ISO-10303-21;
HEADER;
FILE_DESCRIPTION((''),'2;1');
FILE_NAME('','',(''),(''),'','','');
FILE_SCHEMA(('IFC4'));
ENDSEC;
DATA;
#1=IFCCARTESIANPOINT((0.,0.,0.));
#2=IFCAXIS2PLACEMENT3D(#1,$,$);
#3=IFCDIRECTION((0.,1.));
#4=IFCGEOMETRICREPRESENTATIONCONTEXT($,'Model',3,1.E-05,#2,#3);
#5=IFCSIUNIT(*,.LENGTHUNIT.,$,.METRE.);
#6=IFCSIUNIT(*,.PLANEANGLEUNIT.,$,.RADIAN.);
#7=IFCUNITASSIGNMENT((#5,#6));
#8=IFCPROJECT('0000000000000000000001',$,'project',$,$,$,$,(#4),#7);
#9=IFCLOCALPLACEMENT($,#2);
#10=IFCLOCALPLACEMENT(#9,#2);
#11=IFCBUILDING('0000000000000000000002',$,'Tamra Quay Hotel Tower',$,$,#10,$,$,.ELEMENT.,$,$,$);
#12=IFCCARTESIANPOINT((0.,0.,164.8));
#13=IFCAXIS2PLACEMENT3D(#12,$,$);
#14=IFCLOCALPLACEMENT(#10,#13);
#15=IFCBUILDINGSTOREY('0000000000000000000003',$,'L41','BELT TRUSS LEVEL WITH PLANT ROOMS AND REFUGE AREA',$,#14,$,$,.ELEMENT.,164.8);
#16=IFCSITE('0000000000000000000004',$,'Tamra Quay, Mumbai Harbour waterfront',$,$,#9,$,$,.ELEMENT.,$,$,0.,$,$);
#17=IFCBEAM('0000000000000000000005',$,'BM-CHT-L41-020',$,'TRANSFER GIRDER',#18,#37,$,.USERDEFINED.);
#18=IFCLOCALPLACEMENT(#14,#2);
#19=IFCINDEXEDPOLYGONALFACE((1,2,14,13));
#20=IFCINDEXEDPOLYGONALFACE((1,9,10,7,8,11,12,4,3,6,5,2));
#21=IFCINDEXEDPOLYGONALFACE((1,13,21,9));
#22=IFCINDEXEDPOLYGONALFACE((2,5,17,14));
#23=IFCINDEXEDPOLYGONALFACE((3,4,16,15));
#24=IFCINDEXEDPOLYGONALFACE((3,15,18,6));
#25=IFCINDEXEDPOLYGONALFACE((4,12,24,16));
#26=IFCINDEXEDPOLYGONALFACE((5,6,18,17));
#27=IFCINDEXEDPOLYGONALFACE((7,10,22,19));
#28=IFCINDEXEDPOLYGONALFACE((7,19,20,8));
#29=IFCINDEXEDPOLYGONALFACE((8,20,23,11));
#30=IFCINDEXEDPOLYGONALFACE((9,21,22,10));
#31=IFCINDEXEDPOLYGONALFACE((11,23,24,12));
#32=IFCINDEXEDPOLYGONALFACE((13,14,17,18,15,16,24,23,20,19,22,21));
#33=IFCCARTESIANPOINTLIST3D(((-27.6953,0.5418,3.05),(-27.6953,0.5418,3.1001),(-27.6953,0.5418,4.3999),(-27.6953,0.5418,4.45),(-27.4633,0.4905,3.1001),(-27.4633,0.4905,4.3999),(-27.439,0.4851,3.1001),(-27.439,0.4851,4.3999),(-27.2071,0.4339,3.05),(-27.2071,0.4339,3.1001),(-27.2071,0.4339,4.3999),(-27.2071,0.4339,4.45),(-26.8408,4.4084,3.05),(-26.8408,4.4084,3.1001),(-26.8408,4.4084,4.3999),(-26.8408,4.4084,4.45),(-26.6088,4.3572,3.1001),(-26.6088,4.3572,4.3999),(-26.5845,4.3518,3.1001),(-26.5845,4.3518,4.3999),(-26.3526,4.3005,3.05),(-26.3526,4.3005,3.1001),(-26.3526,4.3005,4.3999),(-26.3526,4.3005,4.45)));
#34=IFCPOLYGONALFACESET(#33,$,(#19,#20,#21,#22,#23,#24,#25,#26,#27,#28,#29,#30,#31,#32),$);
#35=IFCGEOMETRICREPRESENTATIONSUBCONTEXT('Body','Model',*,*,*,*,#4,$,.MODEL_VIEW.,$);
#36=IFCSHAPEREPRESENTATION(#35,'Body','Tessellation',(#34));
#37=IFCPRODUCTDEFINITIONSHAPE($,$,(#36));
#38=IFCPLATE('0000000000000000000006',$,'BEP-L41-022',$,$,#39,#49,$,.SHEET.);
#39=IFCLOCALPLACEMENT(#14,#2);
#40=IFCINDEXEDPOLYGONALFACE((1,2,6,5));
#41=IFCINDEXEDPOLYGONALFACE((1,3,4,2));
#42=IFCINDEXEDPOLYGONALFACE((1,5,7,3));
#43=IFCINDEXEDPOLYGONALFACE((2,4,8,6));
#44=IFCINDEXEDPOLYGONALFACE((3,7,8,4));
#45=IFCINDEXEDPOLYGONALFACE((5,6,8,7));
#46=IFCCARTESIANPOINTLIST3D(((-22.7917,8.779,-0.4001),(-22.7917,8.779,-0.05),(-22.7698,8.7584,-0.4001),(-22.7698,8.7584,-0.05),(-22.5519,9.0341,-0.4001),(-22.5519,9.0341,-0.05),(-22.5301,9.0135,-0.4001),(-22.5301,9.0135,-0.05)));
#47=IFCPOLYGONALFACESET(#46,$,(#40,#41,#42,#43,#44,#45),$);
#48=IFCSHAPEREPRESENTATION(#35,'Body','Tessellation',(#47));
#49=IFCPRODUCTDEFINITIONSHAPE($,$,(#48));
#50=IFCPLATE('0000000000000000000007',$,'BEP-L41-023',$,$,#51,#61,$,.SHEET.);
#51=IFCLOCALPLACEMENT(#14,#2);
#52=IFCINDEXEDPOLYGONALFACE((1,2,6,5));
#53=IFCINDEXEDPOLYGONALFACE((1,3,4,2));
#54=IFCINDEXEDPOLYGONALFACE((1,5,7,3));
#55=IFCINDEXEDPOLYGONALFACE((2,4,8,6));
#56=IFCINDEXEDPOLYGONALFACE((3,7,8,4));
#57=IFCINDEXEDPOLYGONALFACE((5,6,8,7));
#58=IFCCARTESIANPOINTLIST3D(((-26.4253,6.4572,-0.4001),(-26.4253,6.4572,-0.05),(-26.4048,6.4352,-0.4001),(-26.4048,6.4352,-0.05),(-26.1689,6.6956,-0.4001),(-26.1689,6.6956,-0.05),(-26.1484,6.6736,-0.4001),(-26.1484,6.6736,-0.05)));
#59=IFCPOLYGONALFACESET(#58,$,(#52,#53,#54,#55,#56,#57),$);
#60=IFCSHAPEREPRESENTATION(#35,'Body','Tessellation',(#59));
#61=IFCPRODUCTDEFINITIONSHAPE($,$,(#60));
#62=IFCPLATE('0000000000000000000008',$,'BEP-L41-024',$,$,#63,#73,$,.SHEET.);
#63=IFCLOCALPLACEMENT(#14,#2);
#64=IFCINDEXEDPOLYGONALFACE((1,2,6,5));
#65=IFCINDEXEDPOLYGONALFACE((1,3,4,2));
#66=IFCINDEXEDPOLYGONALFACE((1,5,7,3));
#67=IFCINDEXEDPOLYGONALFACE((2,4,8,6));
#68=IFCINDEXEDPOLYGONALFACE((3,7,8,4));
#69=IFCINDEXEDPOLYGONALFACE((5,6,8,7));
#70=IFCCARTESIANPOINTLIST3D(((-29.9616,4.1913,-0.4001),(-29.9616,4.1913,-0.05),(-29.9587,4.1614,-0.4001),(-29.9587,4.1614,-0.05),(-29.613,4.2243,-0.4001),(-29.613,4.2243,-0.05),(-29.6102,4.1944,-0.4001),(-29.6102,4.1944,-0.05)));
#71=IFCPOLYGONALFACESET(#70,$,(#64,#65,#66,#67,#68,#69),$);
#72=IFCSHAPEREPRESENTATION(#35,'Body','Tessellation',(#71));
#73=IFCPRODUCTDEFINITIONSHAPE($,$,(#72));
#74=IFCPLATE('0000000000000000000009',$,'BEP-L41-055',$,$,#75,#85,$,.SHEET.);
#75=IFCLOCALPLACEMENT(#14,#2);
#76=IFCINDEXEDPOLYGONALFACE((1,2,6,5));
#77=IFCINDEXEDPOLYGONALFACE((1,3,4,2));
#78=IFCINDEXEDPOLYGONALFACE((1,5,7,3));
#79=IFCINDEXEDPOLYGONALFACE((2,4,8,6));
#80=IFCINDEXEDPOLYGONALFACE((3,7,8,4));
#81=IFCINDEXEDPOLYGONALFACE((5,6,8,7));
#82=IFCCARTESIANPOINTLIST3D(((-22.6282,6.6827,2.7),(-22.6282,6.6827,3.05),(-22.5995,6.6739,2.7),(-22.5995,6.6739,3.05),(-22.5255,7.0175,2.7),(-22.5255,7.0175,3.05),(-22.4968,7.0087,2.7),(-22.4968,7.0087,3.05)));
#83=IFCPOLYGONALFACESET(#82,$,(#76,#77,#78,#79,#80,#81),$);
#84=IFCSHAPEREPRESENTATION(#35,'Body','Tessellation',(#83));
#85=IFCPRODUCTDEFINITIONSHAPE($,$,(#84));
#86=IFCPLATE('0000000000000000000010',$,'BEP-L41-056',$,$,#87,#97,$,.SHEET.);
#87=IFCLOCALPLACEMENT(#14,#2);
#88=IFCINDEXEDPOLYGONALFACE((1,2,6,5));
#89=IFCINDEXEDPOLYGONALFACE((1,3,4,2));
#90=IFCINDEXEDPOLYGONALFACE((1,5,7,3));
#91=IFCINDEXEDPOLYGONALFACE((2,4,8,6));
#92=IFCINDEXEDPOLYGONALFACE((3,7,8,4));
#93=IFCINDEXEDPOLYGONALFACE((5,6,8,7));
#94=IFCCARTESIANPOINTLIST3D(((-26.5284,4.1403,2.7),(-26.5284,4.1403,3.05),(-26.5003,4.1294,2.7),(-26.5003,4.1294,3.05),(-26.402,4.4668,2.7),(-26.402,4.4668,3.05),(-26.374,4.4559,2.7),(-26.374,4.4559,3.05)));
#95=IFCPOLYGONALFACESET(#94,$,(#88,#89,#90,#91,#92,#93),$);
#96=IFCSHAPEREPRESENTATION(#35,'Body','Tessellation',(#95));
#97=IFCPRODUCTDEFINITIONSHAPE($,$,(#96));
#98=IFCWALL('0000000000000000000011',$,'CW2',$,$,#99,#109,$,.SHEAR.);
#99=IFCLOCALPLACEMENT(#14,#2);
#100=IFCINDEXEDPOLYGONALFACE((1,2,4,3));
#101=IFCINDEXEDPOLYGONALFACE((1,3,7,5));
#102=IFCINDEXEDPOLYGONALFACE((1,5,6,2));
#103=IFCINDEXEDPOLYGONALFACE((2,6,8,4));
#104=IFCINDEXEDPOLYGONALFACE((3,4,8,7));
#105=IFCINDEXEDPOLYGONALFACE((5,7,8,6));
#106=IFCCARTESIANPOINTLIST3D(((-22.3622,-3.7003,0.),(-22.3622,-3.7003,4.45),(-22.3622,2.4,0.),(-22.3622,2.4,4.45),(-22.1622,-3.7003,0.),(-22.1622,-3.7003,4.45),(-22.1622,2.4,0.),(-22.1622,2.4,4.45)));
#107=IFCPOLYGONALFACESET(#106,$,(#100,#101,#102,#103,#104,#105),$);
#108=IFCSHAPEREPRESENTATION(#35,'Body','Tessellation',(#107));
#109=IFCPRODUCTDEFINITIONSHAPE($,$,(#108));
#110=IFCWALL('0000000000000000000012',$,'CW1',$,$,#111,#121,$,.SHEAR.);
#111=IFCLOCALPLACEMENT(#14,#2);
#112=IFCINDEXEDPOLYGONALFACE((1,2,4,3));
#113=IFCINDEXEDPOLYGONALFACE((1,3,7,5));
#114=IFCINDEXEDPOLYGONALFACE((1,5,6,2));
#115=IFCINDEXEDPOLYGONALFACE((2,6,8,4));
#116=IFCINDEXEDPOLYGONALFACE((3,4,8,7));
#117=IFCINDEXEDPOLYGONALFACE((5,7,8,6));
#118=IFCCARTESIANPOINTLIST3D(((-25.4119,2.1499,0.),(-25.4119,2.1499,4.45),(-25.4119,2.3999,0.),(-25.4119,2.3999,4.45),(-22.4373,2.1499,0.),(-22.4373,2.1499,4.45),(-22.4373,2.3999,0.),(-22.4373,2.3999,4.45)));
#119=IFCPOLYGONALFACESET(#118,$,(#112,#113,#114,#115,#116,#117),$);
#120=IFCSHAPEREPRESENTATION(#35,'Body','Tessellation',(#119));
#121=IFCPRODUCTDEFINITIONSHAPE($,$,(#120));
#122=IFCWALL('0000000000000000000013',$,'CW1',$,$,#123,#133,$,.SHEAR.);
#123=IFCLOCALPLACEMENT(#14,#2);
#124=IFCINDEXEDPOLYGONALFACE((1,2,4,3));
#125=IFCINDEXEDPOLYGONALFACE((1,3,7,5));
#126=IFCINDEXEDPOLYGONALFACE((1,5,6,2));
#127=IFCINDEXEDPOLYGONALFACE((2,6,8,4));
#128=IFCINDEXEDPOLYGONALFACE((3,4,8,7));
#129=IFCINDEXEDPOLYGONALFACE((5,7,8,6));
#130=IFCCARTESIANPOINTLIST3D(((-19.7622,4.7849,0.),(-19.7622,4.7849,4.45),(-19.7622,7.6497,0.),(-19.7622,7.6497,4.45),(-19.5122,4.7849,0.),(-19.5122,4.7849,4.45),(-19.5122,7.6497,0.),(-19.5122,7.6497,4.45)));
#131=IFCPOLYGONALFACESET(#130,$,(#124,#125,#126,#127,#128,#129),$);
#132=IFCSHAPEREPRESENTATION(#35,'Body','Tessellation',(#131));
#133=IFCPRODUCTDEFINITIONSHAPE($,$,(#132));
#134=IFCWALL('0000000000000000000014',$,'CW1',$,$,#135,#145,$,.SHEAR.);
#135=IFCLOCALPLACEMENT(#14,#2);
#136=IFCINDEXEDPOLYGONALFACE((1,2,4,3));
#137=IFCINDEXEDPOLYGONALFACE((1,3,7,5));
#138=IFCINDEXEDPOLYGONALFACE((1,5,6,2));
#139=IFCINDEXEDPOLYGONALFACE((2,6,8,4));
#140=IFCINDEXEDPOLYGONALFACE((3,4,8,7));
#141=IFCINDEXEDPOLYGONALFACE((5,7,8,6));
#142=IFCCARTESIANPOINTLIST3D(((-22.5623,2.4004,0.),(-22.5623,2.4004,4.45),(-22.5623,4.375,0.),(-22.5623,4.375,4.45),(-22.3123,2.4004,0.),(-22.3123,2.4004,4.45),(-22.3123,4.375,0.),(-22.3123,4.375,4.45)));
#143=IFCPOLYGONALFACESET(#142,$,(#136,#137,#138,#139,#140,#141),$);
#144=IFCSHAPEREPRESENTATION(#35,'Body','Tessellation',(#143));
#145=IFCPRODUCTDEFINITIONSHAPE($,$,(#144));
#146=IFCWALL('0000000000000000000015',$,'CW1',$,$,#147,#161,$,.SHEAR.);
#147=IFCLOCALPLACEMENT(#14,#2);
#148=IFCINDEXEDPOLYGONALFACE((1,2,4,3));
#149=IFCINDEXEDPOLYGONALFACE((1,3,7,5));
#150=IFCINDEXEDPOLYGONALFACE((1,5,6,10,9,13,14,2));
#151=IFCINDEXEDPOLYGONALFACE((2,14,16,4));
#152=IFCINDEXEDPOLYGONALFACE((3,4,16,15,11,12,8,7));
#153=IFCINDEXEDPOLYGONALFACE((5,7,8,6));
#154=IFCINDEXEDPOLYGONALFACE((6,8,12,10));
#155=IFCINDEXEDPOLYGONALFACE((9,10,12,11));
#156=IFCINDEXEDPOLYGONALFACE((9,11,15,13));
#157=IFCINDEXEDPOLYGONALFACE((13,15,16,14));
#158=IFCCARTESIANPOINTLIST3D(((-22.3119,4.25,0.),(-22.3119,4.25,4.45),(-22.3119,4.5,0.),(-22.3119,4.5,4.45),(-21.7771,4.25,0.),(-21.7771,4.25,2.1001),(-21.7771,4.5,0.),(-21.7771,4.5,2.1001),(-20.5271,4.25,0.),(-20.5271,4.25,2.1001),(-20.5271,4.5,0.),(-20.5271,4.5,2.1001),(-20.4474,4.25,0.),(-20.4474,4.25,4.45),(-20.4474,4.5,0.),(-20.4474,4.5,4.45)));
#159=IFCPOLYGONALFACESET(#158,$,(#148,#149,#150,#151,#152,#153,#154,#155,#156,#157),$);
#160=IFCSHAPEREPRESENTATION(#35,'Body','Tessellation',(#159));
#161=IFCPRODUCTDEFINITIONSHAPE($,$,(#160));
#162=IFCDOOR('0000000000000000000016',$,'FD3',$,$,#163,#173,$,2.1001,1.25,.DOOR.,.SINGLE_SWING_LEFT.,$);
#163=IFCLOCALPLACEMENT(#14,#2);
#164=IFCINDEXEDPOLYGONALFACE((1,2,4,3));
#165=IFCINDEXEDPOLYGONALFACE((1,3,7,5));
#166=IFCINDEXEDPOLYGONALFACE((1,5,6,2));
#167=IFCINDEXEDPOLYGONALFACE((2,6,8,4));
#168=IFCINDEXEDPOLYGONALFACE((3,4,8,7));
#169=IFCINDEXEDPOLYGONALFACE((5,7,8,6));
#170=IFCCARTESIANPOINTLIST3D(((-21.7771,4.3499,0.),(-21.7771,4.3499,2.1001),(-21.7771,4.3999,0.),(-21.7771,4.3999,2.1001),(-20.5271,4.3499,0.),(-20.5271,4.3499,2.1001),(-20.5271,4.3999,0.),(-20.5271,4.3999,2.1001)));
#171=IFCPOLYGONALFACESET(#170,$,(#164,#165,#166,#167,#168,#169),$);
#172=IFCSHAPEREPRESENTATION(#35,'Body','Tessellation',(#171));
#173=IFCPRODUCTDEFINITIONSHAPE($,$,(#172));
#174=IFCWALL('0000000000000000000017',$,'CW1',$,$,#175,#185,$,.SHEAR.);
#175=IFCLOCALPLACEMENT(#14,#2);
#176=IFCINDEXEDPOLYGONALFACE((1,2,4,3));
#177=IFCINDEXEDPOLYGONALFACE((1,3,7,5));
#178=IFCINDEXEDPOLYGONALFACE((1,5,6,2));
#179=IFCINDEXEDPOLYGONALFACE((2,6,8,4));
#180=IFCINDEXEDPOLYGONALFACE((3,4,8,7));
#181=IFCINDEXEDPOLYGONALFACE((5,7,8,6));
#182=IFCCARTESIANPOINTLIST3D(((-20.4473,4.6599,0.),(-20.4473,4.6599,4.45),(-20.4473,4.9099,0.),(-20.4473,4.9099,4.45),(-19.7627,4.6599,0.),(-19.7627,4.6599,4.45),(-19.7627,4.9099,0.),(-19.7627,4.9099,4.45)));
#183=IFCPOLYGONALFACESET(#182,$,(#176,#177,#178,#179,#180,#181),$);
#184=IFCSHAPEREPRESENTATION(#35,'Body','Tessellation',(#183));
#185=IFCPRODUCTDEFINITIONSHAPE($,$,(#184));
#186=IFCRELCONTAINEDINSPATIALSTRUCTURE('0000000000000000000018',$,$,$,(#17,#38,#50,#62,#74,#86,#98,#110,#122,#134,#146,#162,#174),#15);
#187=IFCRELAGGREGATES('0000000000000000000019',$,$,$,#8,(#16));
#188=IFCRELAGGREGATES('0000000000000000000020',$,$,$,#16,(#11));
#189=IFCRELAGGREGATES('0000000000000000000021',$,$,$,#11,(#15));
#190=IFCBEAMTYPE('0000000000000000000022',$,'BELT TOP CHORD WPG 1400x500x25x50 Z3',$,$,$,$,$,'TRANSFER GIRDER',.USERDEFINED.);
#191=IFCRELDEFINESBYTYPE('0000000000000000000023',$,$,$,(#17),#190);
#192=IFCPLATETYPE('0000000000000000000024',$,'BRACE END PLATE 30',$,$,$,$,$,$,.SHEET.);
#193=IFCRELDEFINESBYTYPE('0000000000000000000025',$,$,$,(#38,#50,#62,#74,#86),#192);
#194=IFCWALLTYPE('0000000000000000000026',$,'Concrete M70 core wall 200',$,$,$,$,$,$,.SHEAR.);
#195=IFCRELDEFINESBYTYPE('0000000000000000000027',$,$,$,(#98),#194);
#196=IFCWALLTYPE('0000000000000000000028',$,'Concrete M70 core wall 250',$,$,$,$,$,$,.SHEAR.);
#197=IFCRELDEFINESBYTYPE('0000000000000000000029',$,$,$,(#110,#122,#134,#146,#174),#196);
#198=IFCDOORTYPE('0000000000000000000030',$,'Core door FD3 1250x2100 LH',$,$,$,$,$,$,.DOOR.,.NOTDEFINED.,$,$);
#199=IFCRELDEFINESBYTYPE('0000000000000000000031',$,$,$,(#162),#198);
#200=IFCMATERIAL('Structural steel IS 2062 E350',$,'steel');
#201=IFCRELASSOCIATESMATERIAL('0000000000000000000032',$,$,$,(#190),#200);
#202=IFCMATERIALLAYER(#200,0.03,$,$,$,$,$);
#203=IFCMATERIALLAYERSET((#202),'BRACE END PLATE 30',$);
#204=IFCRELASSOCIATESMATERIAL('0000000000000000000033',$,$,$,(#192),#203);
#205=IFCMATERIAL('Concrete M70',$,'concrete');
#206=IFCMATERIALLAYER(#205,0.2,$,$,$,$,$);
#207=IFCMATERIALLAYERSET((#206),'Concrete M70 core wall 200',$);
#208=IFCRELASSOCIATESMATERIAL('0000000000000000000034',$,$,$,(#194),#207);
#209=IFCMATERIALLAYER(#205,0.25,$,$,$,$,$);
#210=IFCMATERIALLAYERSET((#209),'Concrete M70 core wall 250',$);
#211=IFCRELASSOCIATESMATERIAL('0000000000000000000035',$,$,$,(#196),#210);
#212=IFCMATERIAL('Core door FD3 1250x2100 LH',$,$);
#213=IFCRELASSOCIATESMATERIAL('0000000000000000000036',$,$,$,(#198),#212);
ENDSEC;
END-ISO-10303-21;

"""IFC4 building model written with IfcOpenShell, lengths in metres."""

from ifc_helpers import new_model, si_unit, direction, frame, frame_2d, origin, origin_2d, place, context, subcontext, project, spatial, rectangle, i_section, extrude, material, layer, layer_set, material_profile, profile_set, type_object, element, fill, save


model = new_model("IFC4")

# Units and contexts
model_context = context("Model", 3, precision=1e-05, world=origin(), true_north=direction((0.0, 1.0)))
body_context = subcontext(model_context, "Body", "Model", "MODEL_VIEW")
ifc_project = project(units=[si_unit("LENGTHUNIT", "METRE"), si_unit("PLANEANGLEUNIT", "RADIAN")], contexts=[model_context])

# Site, building, storey
site_placement = place(None, origin())
site = spatial("IfcSite", under=ifc_project, at=site_placement, Name="Tamra Quay, Mumbai Harbour waterfront", CompositionType="ELEMENT", RefElevation=0.0)
building_placement = place(site_placement, origin())
building = spatial("IfcBuilding", under=site, at=building_placement, Name="Tamra Quay Hotel Tower", CompositionType="ELEMENT")
storey_placement = place(building_placement, frame((0.0, 0.0, 164.8)))
storey = spatial("IfcBuildingStorey", under=building, at=storey_placement, Name="L41", Description="BELT TRUSS LEVEL WITH PLANT ROOMS AND REFUGE AREA", CompositionType="ELEMENT", Elevation=164.8)

# Shared definitions
ifc_material_1 = material(Name="Structural steel IS 2062 E350", Category="steel")

# Beam
ifc_material_profile_1 = material_profile(ifc_material_1, i_section(OverallWidth=0.5, OverallDepth=1.3999, WebThickness=0.0249, FlangeThickness=0.05, at=origin_2d()), Name="WPG 1400x500x25x50")
ifc_profile_set_1 = profile_set([ifc_material_profile_1], Name="Structural steel IS 2062 E350")
beam_type_1 = type_object("IfcBeamType", Name="BELT TOP CHORD WPG 1400x500x25x50 Z3", ElementType="TRANSFER GIRDER", PredefinedType="USERDEFINED", material=ifc_profile_set_1)
beam_1_placement = place(storey_placement, frame((-26.5967, 4.3545, 3.75), z_axis=(-0.215781, -0.976442, 0.0), x_axis=(0.976442, -0.215781, 0.0)))
element("IfcBeam", 1, at=beam_1_placement, inside=storey, type_object=beam_type_1, Name="BM-CHT-L41-020", ObjectType="TRANSFER GIRDER", PredefinedType="USERDEFINED", context=body_context, shape_type="SweptSolid", body=[
    extrude(i_section(OverallWidth=0.5, OverallDepth=1.3999, WebThickness=0.0249, FlangeThickness=0.05, at=origin_2d()), origin(), (0.0, 0.0, 1.0), 3.96),
])

# Plates
ifc_layer_1 = layer(ifc_material_1, 0.03)
ifc_layer_set_1 = layer_set([ifc_layer_1], Name="BRACE END PLATE 30")
plate_type = type_object("IfcPlateType", Name="BRACE END PLATE 30", PredefinedType="SHEET", material=ifc_layer_set_1)
for number, where, z_axis, x_axis, name in (
    (2, (-22.6609, 8.8962, -0.4001), (0.0, 0.0, 1.0), (-0.728622, 0.684916, 0.0), "BEP-L41-022"),
    (3, (-26.2869, 6.5654, -0.4001), (0.0, 0.0, 1.0), (-0.680959, 0.732322, 0.0), "BEP-L41-023"),
    (4, (-29.7859, 4.1929, -0.4001), (0.0, 0.0, 1.0), (-0.094379, 0.995536, 0.0), "BEP-L41-024"),
    (5, (-22.5625, 6.8457, 2.7), (0.0, 0.0, 1.0), (-0.956057, 0.293181, 0.0), "BEP-L41-055"),
    (6, (-26.4512, 4.2981, 2.7), (0.0, 0.0, 1.0), (-0.932594, 0.360928, 0.0), "BEP-L41-056"),
):
    element("IfcPlate", number, at=place(storey_placement, frame(where, z_axis=z_axis, x_axis=x_axis)), inside=storey, type_object=plate_type, Name=name, PredefinedType="SHEET", context=body_context, shape_type="SweptSolid", body=[
        extrude(rectangle(XDim=0.03, YDim=0.3501, at=origin_2d()), origin(), (0.0, 0.0, 1.0), 0.3501),
    ])

# Walls
ifc_material_2 = material(Name="Concrete M70", Category="concrete")
ifc_layer_2 = layer(ifc_material_2, 0.2)
ifc_layer_set_2 = layer_set([ifc_layer_2], Name="Concrete M70 core wall 200")
wall_type_1 = type_object("IfcWallType", Name="Concrete M70 core wall 200", PredefinedType="SHEAR", material=ifc_layer_set_2)
wall_1_placement = place(storey_placement, frame((-22.2622, 2.4001, 0.0), z_axis=(0.0, 0.0, 1.0), x_axis=(0.0, -1.0, 0.0)))
element("IfcWall", 7, at=wall_1_placement, inside=storey, type_object=wall_type_1, Name="CW2", PredefinedType="SHEAR", context=body_context, shape_type="SweptSolid", body=[
    extrude(rectangle(XDim=6.1003, YDim=0.2, at=frame_2d((3.0503, 0.0))), origin(), (0.0, 0.0, 1.0), 4.45),
])
ifc_layer_3 = layer(ifc_material_2, 0.25)
ifc_layer_set_3 = layer_set([ifc_layer_3], Name="Concrete M70 core wall 250")
wall_type_2 = type_object("IfcWallType", Name="Concrete M70 core wall 250", PredefinedType="SHEAR", material=ifc_layer_set_3)
wall_2_placement = place(storey_placement, frame((-25.4119, 2.2749, 0.0), z_axis=(0.0, 0.0, 1.0), x_axis=(1.0, 0.0, 0.0)))
element("IfcWall", 8, at=wall_2_placement, inside=storey, type_object=wall_type_2, Name="CW1", PredefinedType="SHEAR", context=body_context, shape_type="SweptSolid", body=[
    extrude(rectangle(XDim=2.9746, YDim=0.25, at=frame_2d((1.4873, 0.0))), origin(), (0.0, 0.0, 1.0), 4.45),
])
wall_3_placement = place(storey_placement, frame((-19.6372, 4.7849, 0.0), z_axis=(0.0, 0.0, 1.0), x_axis=(0.0, 1.0, 0.0)))
element("IfcWall", 9, at=wall_3_placement, inside=storey, type_object=wall_type_2, Name="CW1", PredefinedType="SHEAR", context=body_context, shape_type="SweptSolid", body=[
    extrude(rectangle(XDim=2.8647, YDim=0.25, at=frame_2d((1.4324, 0.0))), origin(), (0.0, 0.0, 1.0), 4.45),
])
wall_4_placement = place(storey_placement, frame((-22.4373, 2.4004, 0.0), z_axis=(0.0, 0.0, 1.0), x_axis=(0.0, 1.0, 0.0)))
element("IfcWall", 10, at=wall_4_placement, inside=storey, type_object=wall_type_2, Name="CW1", PredefinedType="SHEAR", context=body_context, shape_type="SweptSolid", body=[
    extrude(rectangle(XDim=1.9746, YDim=0.25, at=frame_2d((0.9873, 0.0))), origin(), (0.0, 0.0, 1.0), 4.45),
])

# Wall, opening, door
wall_5_placement = place(storey_placement, frame((-22.3118, 4.375, 0.0), z_axis=(0.0, 0.0, 1.0), x_axis=(1.0, 0.0, 0.0)))
wall_5 = element("IfcWall", 11, at=wall_5_placement, inside=storey, type_object=wall_type_2, Name="CW1", PredefinedType="SHEAR", context=body_context, shape_type="SweptSolid", body=[
    extrude(rectangle(XDim=1.8645, YDim=0.25, at=frame_2d((0.9321, 0.0))), origin(), (0.0, 0.0, 1.0), 4.45),
])
opening_placement = place(wall_5_placement, frame((0.5347, 0.0, 0.0)))
opening = element("IfcOpeningElement", 12, at=opening_placement, cuts=wall_5, PredefinedType="OPENING", context=body_context, shape_type="SweptSolid", body=[
    extrude(rectangle(XDim=1.25, YDim=2.1001, at=frame_2d((0.625, 1.05))), frame((0.0, 0.135, 0.0), z_axis=(0.0, -1.0, 0.0), x_axis=(1.0, 0.0, 0.0)), (0.0, 0.0, 1.0), 0.27),
])
ifc_material_3 = material(Name="Core door FD3 1250x2100 LH")
door_type = type_object("IfcDoorType", Name="Core door FD3 1250x2100 LH", OperationType="NOTDEFINED", PredefinedType="DOOR", material=ifc_material_3)
door_placement = place(opening_placement, origin())
door = element("IfcDoor", 13, at=door_placement, inside=storey, type_object=door_type, Name="FD3", OperationType="SINGLE_SWING_LEFT", OverallHeight=2.1001, OverallWidth=1.25, PredefinedType="DOOR", context=body_context, shape_type="SweptSolid", body=[
    extrude(rectangle(XDim=1.25, YDim=2.1001, at=frame_2d((0.625, 1.05))), frame((0.0, 0.0249, 0.0), z_axis=(0.0, -1.0, 0.0), x_axis=(1.0, 0.0, 0.0)), (0.0, 0.0, 1.0), 0.05),
])
fill(opening, door)

# Wall
wall_6_placement = place(storey_placement, frame((-20.4473, 4.7849, 0.0), z_axis=(0.0, 0.0, 1.0), x_axis=(1.0, 0.0, 0.0)))
element("IfcWall", 14, at=wall_6_placement, inside=storey, type_object=wall_type_2, Name="CW1", PredefinedType="SHEAR", context=body_context, shape_type="SweptSolid", body=[
    extrude(rectangle(XDim=0.6846, YDim=0.25, at=frame_2d((0.3423, 0.0))), origin(), (0.0, 0.0, 1.0), 4.45),
])

save(model, "model.ifc")
